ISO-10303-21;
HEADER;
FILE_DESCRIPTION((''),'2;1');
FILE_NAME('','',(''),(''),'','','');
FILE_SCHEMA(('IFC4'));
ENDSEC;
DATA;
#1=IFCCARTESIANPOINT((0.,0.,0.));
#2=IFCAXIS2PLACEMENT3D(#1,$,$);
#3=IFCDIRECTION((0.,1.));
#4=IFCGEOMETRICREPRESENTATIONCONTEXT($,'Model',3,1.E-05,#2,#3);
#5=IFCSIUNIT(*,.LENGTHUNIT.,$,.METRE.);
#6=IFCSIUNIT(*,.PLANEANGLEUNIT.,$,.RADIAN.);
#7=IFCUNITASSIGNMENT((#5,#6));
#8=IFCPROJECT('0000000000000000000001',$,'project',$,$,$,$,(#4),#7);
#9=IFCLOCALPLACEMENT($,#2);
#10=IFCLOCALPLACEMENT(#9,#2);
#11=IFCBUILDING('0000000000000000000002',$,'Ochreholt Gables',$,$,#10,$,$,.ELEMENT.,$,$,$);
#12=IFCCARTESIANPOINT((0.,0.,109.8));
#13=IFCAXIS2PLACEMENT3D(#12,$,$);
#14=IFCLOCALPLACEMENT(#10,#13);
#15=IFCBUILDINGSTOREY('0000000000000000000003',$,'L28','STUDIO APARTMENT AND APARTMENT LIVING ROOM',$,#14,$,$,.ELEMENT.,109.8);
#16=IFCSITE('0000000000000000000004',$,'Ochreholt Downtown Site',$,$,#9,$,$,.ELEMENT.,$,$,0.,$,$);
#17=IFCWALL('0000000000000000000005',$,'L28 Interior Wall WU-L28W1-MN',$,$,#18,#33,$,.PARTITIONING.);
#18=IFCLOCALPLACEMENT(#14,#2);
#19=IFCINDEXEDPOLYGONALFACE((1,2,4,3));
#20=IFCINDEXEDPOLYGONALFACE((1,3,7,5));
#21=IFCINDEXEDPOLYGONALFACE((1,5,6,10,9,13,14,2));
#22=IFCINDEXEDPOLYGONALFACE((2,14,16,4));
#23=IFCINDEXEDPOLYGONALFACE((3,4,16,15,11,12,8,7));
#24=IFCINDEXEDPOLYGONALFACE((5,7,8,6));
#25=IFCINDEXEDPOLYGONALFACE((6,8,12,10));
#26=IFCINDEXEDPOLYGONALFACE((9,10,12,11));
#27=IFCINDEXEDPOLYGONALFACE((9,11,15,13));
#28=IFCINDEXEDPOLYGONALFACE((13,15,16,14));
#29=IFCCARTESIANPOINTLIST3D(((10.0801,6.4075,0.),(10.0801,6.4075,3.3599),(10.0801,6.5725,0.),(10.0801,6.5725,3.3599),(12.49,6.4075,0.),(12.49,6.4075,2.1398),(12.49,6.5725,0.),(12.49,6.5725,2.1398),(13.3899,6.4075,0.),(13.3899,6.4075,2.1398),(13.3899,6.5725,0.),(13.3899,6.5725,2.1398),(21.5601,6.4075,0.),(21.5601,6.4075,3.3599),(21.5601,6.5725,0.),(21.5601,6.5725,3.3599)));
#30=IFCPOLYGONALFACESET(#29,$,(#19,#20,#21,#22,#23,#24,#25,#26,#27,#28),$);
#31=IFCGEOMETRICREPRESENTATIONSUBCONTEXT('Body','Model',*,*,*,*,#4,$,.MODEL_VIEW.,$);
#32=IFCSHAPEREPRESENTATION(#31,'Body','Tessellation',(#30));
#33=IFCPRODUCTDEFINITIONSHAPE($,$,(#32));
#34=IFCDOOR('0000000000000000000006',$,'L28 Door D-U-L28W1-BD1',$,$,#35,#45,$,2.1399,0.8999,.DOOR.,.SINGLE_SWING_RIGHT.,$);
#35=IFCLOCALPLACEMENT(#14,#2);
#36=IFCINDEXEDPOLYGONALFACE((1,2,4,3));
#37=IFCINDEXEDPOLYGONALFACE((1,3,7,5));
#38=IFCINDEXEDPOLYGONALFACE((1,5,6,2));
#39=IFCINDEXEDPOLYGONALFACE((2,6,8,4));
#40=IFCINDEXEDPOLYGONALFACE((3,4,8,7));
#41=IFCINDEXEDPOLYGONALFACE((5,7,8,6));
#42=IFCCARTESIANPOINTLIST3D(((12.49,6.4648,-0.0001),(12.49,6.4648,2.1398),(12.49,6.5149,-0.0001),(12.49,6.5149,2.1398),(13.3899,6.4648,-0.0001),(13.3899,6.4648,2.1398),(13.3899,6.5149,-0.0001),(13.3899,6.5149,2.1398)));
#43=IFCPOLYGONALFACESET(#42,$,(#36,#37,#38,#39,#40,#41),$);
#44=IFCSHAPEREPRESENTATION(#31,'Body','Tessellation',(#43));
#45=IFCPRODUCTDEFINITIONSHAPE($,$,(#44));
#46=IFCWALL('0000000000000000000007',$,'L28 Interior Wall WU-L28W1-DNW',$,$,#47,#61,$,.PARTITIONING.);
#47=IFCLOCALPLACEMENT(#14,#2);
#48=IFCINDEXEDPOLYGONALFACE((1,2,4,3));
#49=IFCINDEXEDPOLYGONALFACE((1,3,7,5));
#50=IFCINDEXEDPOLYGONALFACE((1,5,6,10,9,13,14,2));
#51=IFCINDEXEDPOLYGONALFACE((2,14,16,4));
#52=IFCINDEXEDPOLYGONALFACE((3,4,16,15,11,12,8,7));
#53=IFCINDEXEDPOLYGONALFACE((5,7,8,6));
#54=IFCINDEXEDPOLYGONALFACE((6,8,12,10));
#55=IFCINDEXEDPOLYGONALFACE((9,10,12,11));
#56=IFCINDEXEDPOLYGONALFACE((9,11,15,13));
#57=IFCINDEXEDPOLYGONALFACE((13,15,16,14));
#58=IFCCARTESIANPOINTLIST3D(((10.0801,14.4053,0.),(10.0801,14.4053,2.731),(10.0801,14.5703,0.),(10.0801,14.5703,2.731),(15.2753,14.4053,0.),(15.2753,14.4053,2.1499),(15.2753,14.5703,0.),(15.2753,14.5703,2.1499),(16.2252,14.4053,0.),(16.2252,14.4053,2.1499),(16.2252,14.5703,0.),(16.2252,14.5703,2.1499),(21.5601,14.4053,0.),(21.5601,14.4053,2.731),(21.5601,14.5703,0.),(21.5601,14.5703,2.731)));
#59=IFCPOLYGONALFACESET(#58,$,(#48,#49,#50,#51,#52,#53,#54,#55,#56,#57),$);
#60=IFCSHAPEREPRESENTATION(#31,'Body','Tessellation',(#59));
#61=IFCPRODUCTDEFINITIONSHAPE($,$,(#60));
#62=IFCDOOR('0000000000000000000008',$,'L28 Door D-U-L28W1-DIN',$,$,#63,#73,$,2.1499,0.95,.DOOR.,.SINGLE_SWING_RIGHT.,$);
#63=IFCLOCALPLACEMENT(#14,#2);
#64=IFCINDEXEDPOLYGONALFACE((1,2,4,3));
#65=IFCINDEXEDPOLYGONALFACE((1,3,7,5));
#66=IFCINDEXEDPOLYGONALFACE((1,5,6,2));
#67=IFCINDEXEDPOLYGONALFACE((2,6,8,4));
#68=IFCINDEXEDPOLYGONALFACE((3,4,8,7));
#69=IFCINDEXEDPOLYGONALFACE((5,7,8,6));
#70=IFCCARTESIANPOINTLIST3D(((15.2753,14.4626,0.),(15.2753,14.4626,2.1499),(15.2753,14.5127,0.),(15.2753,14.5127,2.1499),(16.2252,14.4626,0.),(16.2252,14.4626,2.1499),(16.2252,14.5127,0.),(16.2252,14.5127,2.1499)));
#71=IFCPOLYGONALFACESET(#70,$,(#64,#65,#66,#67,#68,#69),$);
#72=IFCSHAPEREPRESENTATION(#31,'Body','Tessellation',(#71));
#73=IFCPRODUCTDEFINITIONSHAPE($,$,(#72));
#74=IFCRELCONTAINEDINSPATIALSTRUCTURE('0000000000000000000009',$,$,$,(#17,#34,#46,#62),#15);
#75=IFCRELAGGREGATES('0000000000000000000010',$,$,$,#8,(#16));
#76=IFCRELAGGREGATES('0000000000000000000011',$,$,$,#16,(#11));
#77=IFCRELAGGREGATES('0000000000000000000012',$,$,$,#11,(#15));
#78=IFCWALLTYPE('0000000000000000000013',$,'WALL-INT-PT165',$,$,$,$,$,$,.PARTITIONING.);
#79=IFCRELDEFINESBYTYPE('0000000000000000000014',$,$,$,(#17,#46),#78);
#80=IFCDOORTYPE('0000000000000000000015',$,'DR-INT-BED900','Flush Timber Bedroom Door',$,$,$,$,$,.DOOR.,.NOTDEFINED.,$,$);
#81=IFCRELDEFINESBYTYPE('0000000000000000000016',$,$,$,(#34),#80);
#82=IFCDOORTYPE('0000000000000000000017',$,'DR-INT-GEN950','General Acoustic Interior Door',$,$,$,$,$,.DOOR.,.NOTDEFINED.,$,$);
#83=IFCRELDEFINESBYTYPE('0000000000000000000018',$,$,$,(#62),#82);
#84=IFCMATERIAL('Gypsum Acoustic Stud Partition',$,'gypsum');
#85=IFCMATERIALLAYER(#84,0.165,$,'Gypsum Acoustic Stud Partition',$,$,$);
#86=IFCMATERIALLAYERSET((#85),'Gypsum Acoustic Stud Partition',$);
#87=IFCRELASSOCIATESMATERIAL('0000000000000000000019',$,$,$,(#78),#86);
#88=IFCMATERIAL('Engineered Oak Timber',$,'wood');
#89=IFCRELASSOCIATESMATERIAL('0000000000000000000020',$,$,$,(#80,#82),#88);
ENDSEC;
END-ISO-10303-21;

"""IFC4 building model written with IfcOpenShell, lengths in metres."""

from ifc_helpers import new_model, si_unit, direction, frame, frame_2d, origin, place, context, subcontext, project, spatial, rectangle, extrude, material, layer, layer_set, type_object, element, fill, save


model = new_model("IFC4")

# Units and contexts
model_context = context("Model", 3, precision=1e-05, world=origin(), true_north=direction((0.0, 1.0)))
body_context = subcontext(model_context, "Body", "Model", "MODEL_VIEW")
ifc_project = project(units=[si_unit("LENGTHUNIT", "METRE"), si_unit("PLANEANGLEUNIT", "RADIAN")], contexts=[model_context])

# Site, building, storey
site_placement = place(None, origin())
site = spatial("IfcSite", under=ifc_project, at=site_placement, Name="Ochreholt Downtown Site", CompositionType="ELEMENT", RefElevation=0.0)
building_placement = place(site_placement, origin())
building = spatial("IfcBuilding", under=site, at=building_placement, Name="Ochreholt Gables", CompositionType="ELEMENT")
storey_placement = place(building_placement, frame((0.0, 0.0, 109.8)))
storey = spatial("IfcBuildingStorey", under=building, at=storey_placement, Name="L28", Description="STUDIO APARTMENT AND APARTMENT LIVING ROOM", CompositionType="ELEMENT", Elevation=109.8)

# Walls, openings, doors
ifc_material_1 = material(Name="Gypsum Acoustic Stud Partition", Category="gypsum")
ifc_layer_1 = layer(ifc_material_1, 0.165, Name="Gypsum Acoustic Stud Partition")
ifc_layer_set_1 = layer_set([ifc_layer_1], Name="Gypsum Acoustic Stud Partition")
wall_type_1 = type_object("IfcWallType", Name="WALL-INT-PT165", PredefinedType="PARTITIONING", material=ifc_layer_set_1)
wall_1_placement = place(storey_placement, frame((10.0801, 6.49, 0.0), z_axis=(0.0, 0.0, 1.0), x_axis=(1.0, 0.0, 0.0)))
wall_1 = element("IfcWall", 1, at=wall_1_placement, inside=storey, type_object=wall_type_1, Name="L28 Interior Wall WU-L28W1-MN", PredefinedType="PARTITIONING", context=body_context, shape_type="SweptSolid", body=[
    extrude(rectangle(XDim=11.48, YDim=0.165, at=frame_2d((5.74, 0.0))), origin(), (0.0, 0.0, 1.0), 3.3599),
])
opening_1_placement = place(wall_1_placement, frame((2.4099, 0.0, 0.0)))
opening_1 = element("IfcOpeningElement", 2, at=opening_1_placement, cuts=wall_1, PredefinedType="OPENING", context=body_context, shape_type="SweptSolid", body=[
    extrude(rectangle(XDim=0.8999, YDim=2.1399, at=frame_2d((0.45, 1.0698))), frame((0.0, 0.0925, 0.0), z_axis=(0.0, -1.0, 0.0), x_axis=(1.0, 0.0, 0.0)), (0.0, 0.0, 1.0), 0.1851),
])
ifc_material_2 = material(Name="Engineered Oak Timber", Category="wood")
door_type_1 = type_object("IfcDoorType", Name="DR-INT-BED900", Description="Flush Timber Bedroom Door", OperationType="NOTDEFINED", PredefinedType="DOOR", material=ifc_material_2)
door_1_placement = place(opening_1_placement, origin())
door_1 = element("IfcDoor", 3, at=door_1_placement, inside=storey, type_object=door_type_1, Name="L28 Door D-U-L28W1-BD1", OperationType="SINGLE_SWING_RIGHT", OverallHeight=2.1399, OverallWidth=0.8999, PredefinedType="DOOR", context=body_context, shape_type="SweptSolid", body=[
    extrude(rectangle(XDim=0.8999, YDim=2.1399, at=frame_2d((0.45, 1.0698))), frame((0.0, 0.0249, 0.0), z_axis=(0.0, -1.0, 0.0), x_axis=(1.0, 0.0, 0.0)), (0.0, 0.0, 1.0), 0.05),
])
fill(opening_1, door_1)
wall_2_placement = place(storey_placement, frame((10.0801, 14.4878, 0.0), z_axis=(0.0, 0.0, 1.0), x_axis=(1.0, 0.0, 0.0)))
wall_2 = element("IfcWall", 4, at=wall_2_placement, inside=storey, type_object=wall_type_1, Name="L28 Interior Wall WU-L28W1-DNW", PredefinedType="PARTITIONING", context=body_context, shape_type="SweptSolid", body=[
    extrude(rectangle(XDim=11.48, YDim=0.165, at=frame_2d((5.74, 0.0))), origin(), (0.0, 0.0, 1.0), 2.731),
])
opening_2_placement = place(wall_2_placement, frame((5.1951, 0.0, 0.0)))
opening_2 = element("IfcOpeningElement", 5, at=opening_2_placement, cuts=wall_2, PredefinedType="OPENING", context=body_context, shape_type="SweptSolid", body=[
    extrude(rectangle(XDim=0.95, YDim=2.1499, at=frame_2d((0.4751, 1.075))), frame((0.0, 0.0925, 0.0), z_axis=(0.0, -1.0, 0.0), x_axis=(1.0, 0.0, 0.0)), (0.0, 0.0, 1.0), 0.1851),
])
door_type_2 = type_object("IfcDoorType", Name="DR-INT-GEN950", Description="General Acoustic Interior Door", OperationType="NOTDEFINED", PredefinedType="DOOR", material=ifc_material_2)
door_2_placement = place(opening_2_placement, origin())
door_2 = element("IfcDoor", 6, at=door_2_placement, inside=storey, type_object=door_type_2, Name="L28 Door D-U-L28W1-DIN", OperationType="SINGLE_SWING_RIGHT", OverallHeight=2.1499, OverallWidth=0.95, PredefinedType="DOOR", context=body_context, shape_type="SweptSolid", body=[
    extrude(rectangle(XDim=0.95, YDim=2.1499, at=frame_2d((0.4751, 1.075))), frame((0.0, 0.0249, 0.0), z_axis=(0.0, -1.0, 0.0), x_axis=(1.0, 0.0, 0.0)), (0.0, 0.0, 1.0), 0.05),
])
fill(opening_2, door_2)

save(model, "model.ifc")
